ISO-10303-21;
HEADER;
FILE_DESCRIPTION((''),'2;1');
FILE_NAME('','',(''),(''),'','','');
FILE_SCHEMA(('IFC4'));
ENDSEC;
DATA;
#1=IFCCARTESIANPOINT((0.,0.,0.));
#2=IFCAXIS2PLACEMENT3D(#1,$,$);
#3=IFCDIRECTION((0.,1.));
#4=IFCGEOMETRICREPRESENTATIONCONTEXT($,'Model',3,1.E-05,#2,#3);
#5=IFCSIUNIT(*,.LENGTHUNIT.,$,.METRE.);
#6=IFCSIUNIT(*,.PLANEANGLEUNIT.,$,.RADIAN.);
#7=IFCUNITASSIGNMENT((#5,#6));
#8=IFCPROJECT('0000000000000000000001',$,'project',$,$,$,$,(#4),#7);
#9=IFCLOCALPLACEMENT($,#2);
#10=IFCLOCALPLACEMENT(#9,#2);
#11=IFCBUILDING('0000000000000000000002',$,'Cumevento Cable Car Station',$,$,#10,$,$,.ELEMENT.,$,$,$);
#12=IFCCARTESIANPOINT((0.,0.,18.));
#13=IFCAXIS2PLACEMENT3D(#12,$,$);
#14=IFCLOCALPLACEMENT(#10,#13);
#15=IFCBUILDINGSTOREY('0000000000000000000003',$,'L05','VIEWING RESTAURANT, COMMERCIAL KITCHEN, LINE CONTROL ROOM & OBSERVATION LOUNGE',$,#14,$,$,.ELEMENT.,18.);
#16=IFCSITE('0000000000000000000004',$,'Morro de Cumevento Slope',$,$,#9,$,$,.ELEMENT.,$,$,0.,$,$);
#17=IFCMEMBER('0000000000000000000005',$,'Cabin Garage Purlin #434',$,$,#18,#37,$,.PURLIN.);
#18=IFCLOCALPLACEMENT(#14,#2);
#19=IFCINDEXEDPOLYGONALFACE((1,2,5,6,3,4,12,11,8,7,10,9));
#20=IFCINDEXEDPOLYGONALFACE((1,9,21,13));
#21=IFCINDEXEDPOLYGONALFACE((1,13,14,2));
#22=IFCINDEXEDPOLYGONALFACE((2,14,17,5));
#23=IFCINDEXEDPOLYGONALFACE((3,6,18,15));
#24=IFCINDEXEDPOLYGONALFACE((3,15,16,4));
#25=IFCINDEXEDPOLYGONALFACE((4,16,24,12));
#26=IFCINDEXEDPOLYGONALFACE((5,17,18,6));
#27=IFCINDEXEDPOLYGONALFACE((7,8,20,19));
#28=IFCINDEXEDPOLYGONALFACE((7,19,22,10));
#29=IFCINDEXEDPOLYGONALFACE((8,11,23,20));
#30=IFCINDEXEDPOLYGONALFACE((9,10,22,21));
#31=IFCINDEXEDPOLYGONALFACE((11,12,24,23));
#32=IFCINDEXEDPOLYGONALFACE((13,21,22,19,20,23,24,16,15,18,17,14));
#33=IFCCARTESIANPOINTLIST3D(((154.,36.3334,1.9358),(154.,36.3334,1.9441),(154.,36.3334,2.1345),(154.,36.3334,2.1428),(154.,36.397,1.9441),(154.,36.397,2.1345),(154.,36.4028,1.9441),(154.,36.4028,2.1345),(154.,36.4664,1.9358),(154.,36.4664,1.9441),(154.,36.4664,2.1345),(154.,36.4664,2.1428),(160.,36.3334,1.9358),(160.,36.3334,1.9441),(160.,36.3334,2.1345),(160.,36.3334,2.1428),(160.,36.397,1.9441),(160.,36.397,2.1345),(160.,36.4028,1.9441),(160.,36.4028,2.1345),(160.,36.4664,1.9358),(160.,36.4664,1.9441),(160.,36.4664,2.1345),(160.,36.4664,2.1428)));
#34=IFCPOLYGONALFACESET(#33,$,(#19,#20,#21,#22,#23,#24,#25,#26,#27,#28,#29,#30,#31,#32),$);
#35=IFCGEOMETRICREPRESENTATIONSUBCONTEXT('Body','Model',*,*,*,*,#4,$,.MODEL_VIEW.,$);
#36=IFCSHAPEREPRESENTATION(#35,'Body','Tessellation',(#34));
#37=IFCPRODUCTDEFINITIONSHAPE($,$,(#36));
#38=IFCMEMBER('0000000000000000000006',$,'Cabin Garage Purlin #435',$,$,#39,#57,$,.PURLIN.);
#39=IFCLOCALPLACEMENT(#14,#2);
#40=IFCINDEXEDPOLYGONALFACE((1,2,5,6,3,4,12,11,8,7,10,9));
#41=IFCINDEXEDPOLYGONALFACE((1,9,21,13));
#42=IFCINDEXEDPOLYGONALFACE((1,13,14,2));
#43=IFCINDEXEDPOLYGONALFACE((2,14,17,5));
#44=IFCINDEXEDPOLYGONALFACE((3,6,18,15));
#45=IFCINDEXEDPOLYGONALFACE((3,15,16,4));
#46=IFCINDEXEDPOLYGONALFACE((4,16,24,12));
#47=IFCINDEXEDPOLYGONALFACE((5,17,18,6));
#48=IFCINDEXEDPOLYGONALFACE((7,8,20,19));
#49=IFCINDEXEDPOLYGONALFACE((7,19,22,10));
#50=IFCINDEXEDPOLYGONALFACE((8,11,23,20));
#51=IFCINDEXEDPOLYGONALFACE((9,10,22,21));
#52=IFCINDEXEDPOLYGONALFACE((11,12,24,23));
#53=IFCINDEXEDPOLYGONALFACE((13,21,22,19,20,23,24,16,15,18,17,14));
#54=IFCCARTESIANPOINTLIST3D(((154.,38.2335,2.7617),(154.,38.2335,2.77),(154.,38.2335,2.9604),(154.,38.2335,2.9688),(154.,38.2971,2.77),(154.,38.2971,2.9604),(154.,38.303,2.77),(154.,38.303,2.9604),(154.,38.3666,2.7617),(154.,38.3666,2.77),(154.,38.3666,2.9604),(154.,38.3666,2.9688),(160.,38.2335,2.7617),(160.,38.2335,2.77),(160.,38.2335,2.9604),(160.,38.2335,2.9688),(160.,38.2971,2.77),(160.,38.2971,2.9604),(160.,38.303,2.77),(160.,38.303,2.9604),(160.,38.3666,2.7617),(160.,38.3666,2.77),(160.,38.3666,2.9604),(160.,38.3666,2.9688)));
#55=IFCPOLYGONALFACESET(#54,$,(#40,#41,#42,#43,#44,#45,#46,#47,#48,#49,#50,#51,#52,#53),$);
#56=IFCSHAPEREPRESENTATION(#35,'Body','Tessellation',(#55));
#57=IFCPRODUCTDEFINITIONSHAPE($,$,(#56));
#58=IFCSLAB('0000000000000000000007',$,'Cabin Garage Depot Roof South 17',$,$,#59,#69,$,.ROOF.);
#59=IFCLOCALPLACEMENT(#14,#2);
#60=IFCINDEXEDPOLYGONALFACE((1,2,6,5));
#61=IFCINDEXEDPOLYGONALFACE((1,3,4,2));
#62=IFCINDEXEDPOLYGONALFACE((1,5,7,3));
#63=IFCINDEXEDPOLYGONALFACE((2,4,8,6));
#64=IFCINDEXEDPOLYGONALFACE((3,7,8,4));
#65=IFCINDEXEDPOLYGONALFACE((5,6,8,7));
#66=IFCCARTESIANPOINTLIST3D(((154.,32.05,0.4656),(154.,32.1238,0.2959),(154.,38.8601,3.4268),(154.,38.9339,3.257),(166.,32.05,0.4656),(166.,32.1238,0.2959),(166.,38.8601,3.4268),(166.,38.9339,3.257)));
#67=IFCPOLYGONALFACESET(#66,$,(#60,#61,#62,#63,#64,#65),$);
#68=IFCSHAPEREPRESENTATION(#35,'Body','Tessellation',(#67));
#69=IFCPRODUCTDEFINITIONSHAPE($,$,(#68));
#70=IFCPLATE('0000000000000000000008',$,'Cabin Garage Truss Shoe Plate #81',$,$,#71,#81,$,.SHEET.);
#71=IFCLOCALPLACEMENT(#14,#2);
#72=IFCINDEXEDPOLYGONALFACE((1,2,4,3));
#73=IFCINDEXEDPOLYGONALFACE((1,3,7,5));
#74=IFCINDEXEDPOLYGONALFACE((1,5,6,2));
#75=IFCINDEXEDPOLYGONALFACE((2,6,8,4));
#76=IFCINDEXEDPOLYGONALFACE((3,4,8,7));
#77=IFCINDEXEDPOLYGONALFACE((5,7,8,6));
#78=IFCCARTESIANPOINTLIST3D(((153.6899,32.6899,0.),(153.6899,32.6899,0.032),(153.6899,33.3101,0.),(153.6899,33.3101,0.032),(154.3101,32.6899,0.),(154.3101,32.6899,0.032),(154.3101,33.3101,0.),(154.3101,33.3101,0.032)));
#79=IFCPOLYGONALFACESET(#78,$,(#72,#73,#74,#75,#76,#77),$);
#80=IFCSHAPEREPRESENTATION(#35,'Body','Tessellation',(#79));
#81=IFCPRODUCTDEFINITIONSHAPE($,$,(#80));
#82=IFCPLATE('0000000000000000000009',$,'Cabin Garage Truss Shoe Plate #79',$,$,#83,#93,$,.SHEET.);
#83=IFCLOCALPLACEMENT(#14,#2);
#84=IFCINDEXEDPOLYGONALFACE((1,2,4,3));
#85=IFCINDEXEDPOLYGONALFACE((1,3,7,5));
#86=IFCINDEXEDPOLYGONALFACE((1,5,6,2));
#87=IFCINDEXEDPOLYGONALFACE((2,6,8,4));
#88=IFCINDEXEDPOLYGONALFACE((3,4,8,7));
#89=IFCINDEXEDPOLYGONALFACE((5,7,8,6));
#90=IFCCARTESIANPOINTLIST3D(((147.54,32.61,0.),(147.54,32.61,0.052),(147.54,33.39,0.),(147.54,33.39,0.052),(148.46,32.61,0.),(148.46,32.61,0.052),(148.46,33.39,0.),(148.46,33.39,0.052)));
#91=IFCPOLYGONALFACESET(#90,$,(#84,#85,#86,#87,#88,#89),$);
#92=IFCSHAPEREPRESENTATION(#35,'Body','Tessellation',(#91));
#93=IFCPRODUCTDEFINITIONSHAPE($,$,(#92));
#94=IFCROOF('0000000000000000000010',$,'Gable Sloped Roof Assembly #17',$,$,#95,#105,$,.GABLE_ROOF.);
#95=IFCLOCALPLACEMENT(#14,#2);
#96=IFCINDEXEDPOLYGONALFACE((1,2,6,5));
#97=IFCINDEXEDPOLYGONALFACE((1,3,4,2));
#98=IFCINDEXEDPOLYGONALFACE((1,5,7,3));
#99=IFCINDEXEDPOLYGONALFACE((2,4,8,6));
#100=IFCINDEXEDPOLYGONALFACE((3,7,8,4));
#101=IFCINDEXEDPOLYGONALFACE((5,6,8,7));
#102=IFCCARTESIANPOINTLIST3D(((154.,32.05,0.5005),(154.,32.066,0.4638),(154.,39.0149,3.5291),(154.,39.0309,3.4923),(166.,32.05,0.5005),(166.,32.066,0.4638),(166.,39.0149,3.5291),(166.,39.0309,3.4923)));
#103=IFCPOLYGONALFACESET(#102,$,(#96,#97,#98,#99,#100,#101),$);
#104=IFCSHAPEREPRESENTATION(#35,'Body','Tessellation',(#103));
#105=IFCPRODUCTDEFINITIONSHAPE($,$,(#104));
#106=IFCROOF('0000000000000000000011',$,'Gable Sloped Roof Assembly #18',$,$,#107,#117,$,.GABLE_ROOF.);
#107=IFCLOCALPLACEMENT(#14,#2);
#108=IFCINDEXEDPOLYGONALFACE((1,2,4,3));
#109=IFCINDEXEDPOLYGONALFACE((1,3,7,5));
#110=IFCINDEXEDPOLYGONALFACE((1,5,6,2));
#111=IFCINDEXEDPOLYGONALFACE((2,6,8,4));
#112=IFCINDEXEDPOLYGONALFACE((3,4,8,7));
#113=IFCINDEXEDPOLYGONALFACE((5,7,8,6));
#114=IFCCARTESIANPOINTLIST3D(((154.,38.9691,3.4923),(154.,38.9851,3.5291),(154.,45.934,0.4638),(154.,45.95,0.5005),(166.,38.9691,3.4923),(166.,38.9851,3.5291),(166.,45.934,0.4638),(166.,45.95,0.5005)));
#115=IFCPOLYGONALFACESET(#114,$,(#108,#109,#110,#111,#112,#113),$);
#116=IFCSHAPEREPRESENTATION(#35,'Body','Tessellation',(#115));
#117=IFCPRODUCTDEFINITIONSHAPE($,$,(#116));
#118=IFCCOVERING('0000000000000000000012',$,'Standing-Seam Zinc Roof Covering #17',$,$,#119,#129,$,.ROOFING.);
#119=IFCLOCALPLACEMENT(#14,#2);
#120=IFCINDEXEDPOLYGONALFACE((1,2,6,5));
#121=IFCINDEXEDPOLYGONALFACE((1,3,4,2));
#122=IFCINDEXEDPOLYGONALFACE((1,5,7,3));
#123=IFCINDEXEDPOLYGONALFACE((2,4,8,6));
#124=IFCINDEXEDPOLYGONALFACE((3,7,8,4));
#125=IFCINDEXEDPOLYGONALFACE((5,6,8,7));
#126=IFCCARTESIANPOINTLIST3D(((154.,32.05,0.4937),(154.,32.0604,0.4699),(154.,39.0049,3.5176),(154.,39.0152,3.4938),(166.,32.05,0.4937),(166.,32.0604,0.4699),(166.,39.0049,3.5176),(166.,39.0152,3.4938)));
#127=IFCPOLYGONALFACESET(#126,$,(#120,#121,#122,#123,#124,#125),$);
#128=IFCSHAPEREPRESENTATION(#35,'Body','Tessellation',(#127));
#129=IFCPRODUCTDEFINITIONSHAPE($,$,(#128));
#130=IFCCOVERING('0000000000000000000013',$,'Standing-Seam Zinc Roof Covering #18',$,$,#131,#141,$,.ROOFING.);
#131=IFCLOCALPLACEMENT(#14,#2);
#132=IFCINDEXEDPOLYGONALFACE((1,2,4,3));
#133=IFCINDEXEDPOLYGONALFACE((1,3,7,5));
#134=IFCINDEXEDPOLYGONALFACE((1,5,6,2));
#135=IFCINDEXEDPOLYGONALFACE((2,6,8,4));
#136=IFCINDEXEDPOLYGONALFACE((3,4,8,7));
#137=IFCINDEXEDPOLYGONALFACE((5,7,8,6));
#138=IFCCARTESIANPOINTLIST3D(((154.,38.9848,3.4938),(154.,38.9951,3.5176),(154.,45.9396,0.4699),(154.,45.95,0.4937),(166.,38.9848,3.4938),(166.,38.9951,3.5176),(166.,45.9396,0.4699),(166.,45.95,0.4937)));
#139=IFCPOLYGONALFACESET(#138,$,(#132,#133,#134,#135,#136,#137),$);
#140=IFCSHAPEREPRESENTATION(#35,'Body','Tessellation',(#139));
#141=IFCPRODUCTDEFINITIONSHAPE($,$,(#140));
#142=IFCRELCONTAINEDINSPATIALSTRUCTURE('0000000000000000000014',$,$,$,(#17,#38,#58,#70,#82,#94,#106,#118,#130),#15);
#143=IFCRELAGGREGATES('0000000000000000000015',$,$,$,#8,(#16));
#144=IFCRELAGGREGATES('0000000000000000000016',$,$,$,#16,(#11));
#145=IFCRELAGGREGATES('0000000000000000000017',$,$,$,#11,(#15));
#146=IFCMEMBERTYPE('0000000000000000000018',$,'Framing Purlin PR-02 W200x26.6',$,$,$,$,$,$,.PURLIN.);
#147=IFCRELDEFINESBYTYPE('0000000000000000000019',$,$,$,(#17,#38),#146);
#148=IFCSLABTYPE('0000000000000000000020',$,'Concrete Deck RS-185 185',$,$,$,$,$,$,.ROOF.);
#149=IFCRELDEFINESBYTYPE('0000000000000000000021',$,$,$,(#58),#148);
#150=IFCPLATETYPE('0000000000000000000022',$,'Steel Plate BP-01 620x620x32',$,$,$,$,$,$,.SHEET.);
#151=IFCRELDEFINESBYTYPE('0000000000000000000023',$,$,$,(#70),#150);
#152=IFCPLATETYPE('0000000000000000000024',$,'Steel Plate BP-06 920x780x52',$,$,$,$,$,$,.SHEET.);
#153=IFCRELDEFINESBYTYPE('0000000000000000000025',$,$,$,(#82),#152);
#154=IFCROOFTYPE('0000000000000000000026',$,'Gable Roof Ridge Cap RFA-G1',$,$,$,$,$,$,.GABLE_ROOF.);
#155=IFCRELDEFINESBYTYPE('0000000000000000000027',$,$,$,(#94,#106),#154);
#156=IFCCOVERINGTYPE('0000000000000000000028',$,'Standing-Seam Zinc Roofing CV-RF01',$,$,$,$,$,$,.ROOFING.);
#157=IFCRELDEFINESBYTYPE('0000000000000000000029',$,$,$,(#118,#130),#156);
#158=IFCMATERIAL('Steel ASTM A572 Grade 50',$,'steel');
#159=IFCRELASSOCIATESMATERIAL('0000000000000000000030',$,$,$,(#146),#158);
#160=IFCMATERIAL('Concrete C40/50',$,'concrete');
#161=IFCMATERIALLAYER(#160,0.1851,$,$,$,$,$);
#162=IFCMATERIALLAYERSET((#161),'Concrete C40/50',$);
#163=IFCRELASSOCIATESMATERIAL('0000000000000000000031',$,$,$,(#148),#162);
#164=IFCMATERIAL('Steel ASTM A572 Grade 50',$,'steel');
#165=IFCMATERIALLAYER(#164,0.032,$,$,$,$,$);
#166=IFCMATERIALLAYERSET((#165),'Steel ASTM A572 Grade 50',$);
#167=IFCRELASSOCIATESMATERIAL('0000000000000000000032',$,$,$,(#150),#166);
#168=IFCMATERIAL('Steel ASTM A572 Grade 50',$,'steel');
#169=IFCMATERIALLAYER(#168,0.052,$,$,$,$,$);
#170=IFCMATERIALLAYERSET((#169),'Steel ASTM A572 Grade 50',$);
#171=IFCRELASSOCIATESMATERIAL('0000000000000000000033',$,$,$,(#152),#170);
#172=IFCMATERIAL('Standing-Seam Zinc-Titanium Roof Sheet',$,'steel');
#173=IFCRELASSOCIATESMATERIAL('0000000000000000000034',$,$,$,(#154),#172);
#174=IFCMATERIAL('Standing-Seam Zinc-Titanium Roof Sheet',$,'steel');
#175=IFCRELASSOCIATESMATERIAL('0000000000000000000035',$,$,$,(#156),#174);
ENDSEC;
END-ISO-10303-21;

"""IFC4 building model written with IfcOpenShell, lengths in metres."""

from ifc_helpers import new_model, si_unit, direction, frame, origin, origin_2d, place, context, subcontext, project, spatial, polyline, rectangle, i_section, outline, extrude, material, layer, layer_set, material_profile, profile_set, type_object, element, save


model = new_model("IFC4")

# Units and contexts
model_context = context("Model", 3, precision=1e-05, world=origin(), true_north=direction((0.0, 1.0)))
body_context = subcontext(model_context, "Body", "Model", "MODEL_VIEW")
ifc_project = project(units=[si_unit("LENGTHUNIT", "METRE"), si_unit("PLANEANGLEUNIT", "RADIAN")], contexts=[model_context])

# Site, building, storey
site_placement = place(None, origin())
site = spatial("IfcSite", under=ifc_project, at=site_placement, Name="Morro de Cumevento Slope", CompositionType="ELEMENT", RefElevation=0.0)
building_placement = place(site_placement, origin())
building = spatial("IfcBuilding", under=site, at=building_placement, Name="Cumevento Cable Car Station", CompositionType="ELEMENT")
storey_placement = place(building_placement, frame((0.0, 0.0, 18.0)))
storey = spatial("IfcBuildingStorey", under=building, at=storey_placement, Name="L05", Description="VIEWING RESTAURANT, COMMERCIAL KITCHEN, LINE CONTROL ROOM & OBSERVATION LOUNGE", CompositionType="ELEMENT", Elevation=18.0)

# Members
ifc_material_1 = material(Name="Steel ASTM A572 Grade 50", Category="steel")
ifc_material_profile_1 = material_profile(ifc_material_1, i_section(OverallWidth=0.1331, OverallDepth=0.207, WebThickness=0.0059, FlangeThickness=0.0083, at=origin_2d()), Name="W200x26.6")
ifc_profile_set_1 = profile_set([ifc_material_profile_1], Name="Steel ASTM A572 Grade 50")
member_type_1 = type_object("IfcMemberType", Name="Framing Purlin PR-02 W200x26.6", PredefinedType="PURLIN", material=ifc_profile_set_1)
for number, where, z_axis, x_axis, name in (
    (1, (154.0, 36.3999, 2.0393), (1.0, 0.0, 0.0), (0.0, 1.0, 0.0), "Cabin Garage Purlin #434"),
    (2, (154.0, 38.3, 2.8652), (1.0, 0.0, 0.0), (0.0, 1.0, 0.0), "Cabin Garage Purlin #435"),
):
    element("IfcMember", number, at=place(storey_placement, frame(where, z_axis=z_axis, x_axis=x_axis)), inside=storey, type_object=member_type_1, Name=name, PredefinedType="PURLIN", context=body_context, shape_type="SweptSolid", body=[
        extrude(i_section(OverallWidth=0.1331, OverallDepth=0.207, WebThickness=0.0059, FlangeThickness=0.0083, at=origin_2d()), origin(), (0.0, 0.0, 1.0), 6.0),
    ])

# Slab
ifc_material_2 = material(Name="Concrete C40/50", Category="concrete")
ifc_layer_1 = layer(ifc_material_2, 0.1851)
ifc_layer_set_1 = layer_set([ifc_layer_1], Name="Concrete C40/50")
slab_type = type_object("IfcSlabType", Name="Concrete Deck RS-185 185", PredefinedType="ROOF", material=ifc_layer_set_1)
slab_placement = place(storey_placement, frame((154.0, 32.05, 0.4656), z_axis=(0.0, -0.398759, 0.917056), x_axis=(1.0, 0.0, 0.0)))
element("IfcSlab", 3, at=slab_placement, inside=storey, type_object=slab_type, Name="Cabin Garage Depot Roof South 17", PredefinedType="ROOF", context=body_context, shape_type="SweptSolid", body=[
    extrude(outline(polyline([(0.0, 0.0), (12.0, 0.0), (12.0, 7.426), (0.0, 7.426), (0.0, 0.0)])), origin(), (0.0, 0.0, -1.0), 0.1851),
])

# Plates
ifc_material_3 = material(Name="Steel ASTM A572 Grade 50", Category="steel")
ifc_layer_2 = layer(ifc_material_3, 0.032)
ifc_layer_set_2 = layer_set([ifc_layer_2], Name="Steel ASTM A572 Grade 50")
plate_type_1 = type_object("IfcPlateType", Name="Steel Plate BP-01 620x620x32", PredefinedType="SHEET", material=ifc_layer_set_2)
plate_1_placement = place(storey_placement, frame((154.0, 33.0, 0.0), z_axis=(0.0, 0.0, 1.0), x_axis=(1.0, 0.0, 0.0)))
element("IfcPlate", 4, at=plate_1_placement, inside=storey, type_object=plate_type_1, Name="Cabin Garage Truss Shoe Plate #81", PredefinedType="SHEET", context=body_context, shape_type="SweptSolid", body=[
    extrude(rectangle(XDim=0.6201, YDim=0.6201, at=origin_2d()), origin(), (0.0, 0.0, 1.0), 0.032),
])
ifc_material_4 = material(Name="Steel ASTM A572 Grade 50", Category="steel")
ifc_layer_3 = layer(ifc_material_4, 0.052)
ifc_layer_set_3 = layer_set([ifc_layer_3], Name="Steel ASTM A572 Grade 50")
plate_type_2 = type_object("IfcPlateType", Name="Steel Plate BP-06 920x780x52", PredefinedType="SHEET", material=ifc_layer_set_3)
plate_2_placement = place(storey_placement, frame((148.0, 33.0, 0.0), z_axis=(0.0, 0.0, 1.0), x_axis=(1.0, 0.0, 0.0)))
element("IfcPlate", 5, at=plate_2_placement, inside=storey, type_object=plate_type_2, Name="Cabin Garage Truss Shoe Plate #79", PredefinedType="SHEET", context=body_context, shape_type="SweptSolid", body=[
    extrude(rectangle(XDim=0.9199, YDim=0.78, at=origin_2d()), origin(), (0.0, 0.0, 1.0), 0.052),
])

# Roofs
ifc_material_5 = material(Name="Standing-Seam Zinc-Titanium Roof Sheet", Category="steel")
roof_type = type_object("IfcRoofType", Name="Gable Roof Ridge Cap RFA-G1", PredefinedType="GABLE_ROOF", material=ifc_material_5)
for number, where, z_axis, x_axis, name in (
    (6, (154.0, 32.05, 0.5005), (0.0, -0.398767, 0.917052), (1.0, 0.0, 0.0), "Gable Sloped Roof Assembly #17"),
    (7, (154.0, 38.9851, 3.5291), (0.0, 0.398767, 0.917052), (1.0, 0.0, 0.0), "Gable Sloped Roof Assembly #18"),
):
    element("IfcRoof", number, at=place(storey_placement, frame(where, z_axis=z_axis, x_axis=x_axis)), inside=storey, type_object=roof_type, Name=name, PredefinedType="GABLE_ROOF", context=body_context, shape_type="SweptSolid", body=[
        extrude(outline(polyline([(0.0, 0.0), (12.0, 0.0), (12.0, 7.5948), (0.0, 7.5948), (0.0, 0.0)])), origin(), (0.0, 0.0, -1.0), 0.04),
    ])

# Coverings
ifc_material_6 = material(Name="Standing-Seam Zinc-Titanium Roof Sheet", Category="steel")
covering_type = type_object("IfcCoveringType", Name="Standing-Seam Zinc Roofing CV-RF01", PredefinedType="ROOFING", material=ifc_material_6)
for number, where, z_axis, x_axis, name in (
    (8, (154.0, 32.05, 0.4937), (0.0, -0.398736, 0.917066), (1.0, 0.0, 0.0), "Standing-Seam Zinc Roof Covering #17"),
    (9, (154.0, 38.9951, 3.5176), (0.0, 0.398736, 0.917066), (1.0, 0.0, 0.0), "Standing-Seam Zinc Roof Covering #18"),
):
    element("IfcCovering", number, at=place(storey_placement, frame(where, z_axis=z_axis, x_axis=x_axis)), inside=storey, type_object=covering_type, Name=name, PredefinedType="ROOFING", context=body_context, shape_type="SweptSolid", body=[
        extrude(outline(polyline([(0.0, 0.0), (12.0, 0.0), (12.0, 7.5838), (0.0, 7.5838), (0.0, 0.0)])), origin(), (0.0, 0.0, -1.0), 0.0259),
    ])

save(model, "model.ifc")
